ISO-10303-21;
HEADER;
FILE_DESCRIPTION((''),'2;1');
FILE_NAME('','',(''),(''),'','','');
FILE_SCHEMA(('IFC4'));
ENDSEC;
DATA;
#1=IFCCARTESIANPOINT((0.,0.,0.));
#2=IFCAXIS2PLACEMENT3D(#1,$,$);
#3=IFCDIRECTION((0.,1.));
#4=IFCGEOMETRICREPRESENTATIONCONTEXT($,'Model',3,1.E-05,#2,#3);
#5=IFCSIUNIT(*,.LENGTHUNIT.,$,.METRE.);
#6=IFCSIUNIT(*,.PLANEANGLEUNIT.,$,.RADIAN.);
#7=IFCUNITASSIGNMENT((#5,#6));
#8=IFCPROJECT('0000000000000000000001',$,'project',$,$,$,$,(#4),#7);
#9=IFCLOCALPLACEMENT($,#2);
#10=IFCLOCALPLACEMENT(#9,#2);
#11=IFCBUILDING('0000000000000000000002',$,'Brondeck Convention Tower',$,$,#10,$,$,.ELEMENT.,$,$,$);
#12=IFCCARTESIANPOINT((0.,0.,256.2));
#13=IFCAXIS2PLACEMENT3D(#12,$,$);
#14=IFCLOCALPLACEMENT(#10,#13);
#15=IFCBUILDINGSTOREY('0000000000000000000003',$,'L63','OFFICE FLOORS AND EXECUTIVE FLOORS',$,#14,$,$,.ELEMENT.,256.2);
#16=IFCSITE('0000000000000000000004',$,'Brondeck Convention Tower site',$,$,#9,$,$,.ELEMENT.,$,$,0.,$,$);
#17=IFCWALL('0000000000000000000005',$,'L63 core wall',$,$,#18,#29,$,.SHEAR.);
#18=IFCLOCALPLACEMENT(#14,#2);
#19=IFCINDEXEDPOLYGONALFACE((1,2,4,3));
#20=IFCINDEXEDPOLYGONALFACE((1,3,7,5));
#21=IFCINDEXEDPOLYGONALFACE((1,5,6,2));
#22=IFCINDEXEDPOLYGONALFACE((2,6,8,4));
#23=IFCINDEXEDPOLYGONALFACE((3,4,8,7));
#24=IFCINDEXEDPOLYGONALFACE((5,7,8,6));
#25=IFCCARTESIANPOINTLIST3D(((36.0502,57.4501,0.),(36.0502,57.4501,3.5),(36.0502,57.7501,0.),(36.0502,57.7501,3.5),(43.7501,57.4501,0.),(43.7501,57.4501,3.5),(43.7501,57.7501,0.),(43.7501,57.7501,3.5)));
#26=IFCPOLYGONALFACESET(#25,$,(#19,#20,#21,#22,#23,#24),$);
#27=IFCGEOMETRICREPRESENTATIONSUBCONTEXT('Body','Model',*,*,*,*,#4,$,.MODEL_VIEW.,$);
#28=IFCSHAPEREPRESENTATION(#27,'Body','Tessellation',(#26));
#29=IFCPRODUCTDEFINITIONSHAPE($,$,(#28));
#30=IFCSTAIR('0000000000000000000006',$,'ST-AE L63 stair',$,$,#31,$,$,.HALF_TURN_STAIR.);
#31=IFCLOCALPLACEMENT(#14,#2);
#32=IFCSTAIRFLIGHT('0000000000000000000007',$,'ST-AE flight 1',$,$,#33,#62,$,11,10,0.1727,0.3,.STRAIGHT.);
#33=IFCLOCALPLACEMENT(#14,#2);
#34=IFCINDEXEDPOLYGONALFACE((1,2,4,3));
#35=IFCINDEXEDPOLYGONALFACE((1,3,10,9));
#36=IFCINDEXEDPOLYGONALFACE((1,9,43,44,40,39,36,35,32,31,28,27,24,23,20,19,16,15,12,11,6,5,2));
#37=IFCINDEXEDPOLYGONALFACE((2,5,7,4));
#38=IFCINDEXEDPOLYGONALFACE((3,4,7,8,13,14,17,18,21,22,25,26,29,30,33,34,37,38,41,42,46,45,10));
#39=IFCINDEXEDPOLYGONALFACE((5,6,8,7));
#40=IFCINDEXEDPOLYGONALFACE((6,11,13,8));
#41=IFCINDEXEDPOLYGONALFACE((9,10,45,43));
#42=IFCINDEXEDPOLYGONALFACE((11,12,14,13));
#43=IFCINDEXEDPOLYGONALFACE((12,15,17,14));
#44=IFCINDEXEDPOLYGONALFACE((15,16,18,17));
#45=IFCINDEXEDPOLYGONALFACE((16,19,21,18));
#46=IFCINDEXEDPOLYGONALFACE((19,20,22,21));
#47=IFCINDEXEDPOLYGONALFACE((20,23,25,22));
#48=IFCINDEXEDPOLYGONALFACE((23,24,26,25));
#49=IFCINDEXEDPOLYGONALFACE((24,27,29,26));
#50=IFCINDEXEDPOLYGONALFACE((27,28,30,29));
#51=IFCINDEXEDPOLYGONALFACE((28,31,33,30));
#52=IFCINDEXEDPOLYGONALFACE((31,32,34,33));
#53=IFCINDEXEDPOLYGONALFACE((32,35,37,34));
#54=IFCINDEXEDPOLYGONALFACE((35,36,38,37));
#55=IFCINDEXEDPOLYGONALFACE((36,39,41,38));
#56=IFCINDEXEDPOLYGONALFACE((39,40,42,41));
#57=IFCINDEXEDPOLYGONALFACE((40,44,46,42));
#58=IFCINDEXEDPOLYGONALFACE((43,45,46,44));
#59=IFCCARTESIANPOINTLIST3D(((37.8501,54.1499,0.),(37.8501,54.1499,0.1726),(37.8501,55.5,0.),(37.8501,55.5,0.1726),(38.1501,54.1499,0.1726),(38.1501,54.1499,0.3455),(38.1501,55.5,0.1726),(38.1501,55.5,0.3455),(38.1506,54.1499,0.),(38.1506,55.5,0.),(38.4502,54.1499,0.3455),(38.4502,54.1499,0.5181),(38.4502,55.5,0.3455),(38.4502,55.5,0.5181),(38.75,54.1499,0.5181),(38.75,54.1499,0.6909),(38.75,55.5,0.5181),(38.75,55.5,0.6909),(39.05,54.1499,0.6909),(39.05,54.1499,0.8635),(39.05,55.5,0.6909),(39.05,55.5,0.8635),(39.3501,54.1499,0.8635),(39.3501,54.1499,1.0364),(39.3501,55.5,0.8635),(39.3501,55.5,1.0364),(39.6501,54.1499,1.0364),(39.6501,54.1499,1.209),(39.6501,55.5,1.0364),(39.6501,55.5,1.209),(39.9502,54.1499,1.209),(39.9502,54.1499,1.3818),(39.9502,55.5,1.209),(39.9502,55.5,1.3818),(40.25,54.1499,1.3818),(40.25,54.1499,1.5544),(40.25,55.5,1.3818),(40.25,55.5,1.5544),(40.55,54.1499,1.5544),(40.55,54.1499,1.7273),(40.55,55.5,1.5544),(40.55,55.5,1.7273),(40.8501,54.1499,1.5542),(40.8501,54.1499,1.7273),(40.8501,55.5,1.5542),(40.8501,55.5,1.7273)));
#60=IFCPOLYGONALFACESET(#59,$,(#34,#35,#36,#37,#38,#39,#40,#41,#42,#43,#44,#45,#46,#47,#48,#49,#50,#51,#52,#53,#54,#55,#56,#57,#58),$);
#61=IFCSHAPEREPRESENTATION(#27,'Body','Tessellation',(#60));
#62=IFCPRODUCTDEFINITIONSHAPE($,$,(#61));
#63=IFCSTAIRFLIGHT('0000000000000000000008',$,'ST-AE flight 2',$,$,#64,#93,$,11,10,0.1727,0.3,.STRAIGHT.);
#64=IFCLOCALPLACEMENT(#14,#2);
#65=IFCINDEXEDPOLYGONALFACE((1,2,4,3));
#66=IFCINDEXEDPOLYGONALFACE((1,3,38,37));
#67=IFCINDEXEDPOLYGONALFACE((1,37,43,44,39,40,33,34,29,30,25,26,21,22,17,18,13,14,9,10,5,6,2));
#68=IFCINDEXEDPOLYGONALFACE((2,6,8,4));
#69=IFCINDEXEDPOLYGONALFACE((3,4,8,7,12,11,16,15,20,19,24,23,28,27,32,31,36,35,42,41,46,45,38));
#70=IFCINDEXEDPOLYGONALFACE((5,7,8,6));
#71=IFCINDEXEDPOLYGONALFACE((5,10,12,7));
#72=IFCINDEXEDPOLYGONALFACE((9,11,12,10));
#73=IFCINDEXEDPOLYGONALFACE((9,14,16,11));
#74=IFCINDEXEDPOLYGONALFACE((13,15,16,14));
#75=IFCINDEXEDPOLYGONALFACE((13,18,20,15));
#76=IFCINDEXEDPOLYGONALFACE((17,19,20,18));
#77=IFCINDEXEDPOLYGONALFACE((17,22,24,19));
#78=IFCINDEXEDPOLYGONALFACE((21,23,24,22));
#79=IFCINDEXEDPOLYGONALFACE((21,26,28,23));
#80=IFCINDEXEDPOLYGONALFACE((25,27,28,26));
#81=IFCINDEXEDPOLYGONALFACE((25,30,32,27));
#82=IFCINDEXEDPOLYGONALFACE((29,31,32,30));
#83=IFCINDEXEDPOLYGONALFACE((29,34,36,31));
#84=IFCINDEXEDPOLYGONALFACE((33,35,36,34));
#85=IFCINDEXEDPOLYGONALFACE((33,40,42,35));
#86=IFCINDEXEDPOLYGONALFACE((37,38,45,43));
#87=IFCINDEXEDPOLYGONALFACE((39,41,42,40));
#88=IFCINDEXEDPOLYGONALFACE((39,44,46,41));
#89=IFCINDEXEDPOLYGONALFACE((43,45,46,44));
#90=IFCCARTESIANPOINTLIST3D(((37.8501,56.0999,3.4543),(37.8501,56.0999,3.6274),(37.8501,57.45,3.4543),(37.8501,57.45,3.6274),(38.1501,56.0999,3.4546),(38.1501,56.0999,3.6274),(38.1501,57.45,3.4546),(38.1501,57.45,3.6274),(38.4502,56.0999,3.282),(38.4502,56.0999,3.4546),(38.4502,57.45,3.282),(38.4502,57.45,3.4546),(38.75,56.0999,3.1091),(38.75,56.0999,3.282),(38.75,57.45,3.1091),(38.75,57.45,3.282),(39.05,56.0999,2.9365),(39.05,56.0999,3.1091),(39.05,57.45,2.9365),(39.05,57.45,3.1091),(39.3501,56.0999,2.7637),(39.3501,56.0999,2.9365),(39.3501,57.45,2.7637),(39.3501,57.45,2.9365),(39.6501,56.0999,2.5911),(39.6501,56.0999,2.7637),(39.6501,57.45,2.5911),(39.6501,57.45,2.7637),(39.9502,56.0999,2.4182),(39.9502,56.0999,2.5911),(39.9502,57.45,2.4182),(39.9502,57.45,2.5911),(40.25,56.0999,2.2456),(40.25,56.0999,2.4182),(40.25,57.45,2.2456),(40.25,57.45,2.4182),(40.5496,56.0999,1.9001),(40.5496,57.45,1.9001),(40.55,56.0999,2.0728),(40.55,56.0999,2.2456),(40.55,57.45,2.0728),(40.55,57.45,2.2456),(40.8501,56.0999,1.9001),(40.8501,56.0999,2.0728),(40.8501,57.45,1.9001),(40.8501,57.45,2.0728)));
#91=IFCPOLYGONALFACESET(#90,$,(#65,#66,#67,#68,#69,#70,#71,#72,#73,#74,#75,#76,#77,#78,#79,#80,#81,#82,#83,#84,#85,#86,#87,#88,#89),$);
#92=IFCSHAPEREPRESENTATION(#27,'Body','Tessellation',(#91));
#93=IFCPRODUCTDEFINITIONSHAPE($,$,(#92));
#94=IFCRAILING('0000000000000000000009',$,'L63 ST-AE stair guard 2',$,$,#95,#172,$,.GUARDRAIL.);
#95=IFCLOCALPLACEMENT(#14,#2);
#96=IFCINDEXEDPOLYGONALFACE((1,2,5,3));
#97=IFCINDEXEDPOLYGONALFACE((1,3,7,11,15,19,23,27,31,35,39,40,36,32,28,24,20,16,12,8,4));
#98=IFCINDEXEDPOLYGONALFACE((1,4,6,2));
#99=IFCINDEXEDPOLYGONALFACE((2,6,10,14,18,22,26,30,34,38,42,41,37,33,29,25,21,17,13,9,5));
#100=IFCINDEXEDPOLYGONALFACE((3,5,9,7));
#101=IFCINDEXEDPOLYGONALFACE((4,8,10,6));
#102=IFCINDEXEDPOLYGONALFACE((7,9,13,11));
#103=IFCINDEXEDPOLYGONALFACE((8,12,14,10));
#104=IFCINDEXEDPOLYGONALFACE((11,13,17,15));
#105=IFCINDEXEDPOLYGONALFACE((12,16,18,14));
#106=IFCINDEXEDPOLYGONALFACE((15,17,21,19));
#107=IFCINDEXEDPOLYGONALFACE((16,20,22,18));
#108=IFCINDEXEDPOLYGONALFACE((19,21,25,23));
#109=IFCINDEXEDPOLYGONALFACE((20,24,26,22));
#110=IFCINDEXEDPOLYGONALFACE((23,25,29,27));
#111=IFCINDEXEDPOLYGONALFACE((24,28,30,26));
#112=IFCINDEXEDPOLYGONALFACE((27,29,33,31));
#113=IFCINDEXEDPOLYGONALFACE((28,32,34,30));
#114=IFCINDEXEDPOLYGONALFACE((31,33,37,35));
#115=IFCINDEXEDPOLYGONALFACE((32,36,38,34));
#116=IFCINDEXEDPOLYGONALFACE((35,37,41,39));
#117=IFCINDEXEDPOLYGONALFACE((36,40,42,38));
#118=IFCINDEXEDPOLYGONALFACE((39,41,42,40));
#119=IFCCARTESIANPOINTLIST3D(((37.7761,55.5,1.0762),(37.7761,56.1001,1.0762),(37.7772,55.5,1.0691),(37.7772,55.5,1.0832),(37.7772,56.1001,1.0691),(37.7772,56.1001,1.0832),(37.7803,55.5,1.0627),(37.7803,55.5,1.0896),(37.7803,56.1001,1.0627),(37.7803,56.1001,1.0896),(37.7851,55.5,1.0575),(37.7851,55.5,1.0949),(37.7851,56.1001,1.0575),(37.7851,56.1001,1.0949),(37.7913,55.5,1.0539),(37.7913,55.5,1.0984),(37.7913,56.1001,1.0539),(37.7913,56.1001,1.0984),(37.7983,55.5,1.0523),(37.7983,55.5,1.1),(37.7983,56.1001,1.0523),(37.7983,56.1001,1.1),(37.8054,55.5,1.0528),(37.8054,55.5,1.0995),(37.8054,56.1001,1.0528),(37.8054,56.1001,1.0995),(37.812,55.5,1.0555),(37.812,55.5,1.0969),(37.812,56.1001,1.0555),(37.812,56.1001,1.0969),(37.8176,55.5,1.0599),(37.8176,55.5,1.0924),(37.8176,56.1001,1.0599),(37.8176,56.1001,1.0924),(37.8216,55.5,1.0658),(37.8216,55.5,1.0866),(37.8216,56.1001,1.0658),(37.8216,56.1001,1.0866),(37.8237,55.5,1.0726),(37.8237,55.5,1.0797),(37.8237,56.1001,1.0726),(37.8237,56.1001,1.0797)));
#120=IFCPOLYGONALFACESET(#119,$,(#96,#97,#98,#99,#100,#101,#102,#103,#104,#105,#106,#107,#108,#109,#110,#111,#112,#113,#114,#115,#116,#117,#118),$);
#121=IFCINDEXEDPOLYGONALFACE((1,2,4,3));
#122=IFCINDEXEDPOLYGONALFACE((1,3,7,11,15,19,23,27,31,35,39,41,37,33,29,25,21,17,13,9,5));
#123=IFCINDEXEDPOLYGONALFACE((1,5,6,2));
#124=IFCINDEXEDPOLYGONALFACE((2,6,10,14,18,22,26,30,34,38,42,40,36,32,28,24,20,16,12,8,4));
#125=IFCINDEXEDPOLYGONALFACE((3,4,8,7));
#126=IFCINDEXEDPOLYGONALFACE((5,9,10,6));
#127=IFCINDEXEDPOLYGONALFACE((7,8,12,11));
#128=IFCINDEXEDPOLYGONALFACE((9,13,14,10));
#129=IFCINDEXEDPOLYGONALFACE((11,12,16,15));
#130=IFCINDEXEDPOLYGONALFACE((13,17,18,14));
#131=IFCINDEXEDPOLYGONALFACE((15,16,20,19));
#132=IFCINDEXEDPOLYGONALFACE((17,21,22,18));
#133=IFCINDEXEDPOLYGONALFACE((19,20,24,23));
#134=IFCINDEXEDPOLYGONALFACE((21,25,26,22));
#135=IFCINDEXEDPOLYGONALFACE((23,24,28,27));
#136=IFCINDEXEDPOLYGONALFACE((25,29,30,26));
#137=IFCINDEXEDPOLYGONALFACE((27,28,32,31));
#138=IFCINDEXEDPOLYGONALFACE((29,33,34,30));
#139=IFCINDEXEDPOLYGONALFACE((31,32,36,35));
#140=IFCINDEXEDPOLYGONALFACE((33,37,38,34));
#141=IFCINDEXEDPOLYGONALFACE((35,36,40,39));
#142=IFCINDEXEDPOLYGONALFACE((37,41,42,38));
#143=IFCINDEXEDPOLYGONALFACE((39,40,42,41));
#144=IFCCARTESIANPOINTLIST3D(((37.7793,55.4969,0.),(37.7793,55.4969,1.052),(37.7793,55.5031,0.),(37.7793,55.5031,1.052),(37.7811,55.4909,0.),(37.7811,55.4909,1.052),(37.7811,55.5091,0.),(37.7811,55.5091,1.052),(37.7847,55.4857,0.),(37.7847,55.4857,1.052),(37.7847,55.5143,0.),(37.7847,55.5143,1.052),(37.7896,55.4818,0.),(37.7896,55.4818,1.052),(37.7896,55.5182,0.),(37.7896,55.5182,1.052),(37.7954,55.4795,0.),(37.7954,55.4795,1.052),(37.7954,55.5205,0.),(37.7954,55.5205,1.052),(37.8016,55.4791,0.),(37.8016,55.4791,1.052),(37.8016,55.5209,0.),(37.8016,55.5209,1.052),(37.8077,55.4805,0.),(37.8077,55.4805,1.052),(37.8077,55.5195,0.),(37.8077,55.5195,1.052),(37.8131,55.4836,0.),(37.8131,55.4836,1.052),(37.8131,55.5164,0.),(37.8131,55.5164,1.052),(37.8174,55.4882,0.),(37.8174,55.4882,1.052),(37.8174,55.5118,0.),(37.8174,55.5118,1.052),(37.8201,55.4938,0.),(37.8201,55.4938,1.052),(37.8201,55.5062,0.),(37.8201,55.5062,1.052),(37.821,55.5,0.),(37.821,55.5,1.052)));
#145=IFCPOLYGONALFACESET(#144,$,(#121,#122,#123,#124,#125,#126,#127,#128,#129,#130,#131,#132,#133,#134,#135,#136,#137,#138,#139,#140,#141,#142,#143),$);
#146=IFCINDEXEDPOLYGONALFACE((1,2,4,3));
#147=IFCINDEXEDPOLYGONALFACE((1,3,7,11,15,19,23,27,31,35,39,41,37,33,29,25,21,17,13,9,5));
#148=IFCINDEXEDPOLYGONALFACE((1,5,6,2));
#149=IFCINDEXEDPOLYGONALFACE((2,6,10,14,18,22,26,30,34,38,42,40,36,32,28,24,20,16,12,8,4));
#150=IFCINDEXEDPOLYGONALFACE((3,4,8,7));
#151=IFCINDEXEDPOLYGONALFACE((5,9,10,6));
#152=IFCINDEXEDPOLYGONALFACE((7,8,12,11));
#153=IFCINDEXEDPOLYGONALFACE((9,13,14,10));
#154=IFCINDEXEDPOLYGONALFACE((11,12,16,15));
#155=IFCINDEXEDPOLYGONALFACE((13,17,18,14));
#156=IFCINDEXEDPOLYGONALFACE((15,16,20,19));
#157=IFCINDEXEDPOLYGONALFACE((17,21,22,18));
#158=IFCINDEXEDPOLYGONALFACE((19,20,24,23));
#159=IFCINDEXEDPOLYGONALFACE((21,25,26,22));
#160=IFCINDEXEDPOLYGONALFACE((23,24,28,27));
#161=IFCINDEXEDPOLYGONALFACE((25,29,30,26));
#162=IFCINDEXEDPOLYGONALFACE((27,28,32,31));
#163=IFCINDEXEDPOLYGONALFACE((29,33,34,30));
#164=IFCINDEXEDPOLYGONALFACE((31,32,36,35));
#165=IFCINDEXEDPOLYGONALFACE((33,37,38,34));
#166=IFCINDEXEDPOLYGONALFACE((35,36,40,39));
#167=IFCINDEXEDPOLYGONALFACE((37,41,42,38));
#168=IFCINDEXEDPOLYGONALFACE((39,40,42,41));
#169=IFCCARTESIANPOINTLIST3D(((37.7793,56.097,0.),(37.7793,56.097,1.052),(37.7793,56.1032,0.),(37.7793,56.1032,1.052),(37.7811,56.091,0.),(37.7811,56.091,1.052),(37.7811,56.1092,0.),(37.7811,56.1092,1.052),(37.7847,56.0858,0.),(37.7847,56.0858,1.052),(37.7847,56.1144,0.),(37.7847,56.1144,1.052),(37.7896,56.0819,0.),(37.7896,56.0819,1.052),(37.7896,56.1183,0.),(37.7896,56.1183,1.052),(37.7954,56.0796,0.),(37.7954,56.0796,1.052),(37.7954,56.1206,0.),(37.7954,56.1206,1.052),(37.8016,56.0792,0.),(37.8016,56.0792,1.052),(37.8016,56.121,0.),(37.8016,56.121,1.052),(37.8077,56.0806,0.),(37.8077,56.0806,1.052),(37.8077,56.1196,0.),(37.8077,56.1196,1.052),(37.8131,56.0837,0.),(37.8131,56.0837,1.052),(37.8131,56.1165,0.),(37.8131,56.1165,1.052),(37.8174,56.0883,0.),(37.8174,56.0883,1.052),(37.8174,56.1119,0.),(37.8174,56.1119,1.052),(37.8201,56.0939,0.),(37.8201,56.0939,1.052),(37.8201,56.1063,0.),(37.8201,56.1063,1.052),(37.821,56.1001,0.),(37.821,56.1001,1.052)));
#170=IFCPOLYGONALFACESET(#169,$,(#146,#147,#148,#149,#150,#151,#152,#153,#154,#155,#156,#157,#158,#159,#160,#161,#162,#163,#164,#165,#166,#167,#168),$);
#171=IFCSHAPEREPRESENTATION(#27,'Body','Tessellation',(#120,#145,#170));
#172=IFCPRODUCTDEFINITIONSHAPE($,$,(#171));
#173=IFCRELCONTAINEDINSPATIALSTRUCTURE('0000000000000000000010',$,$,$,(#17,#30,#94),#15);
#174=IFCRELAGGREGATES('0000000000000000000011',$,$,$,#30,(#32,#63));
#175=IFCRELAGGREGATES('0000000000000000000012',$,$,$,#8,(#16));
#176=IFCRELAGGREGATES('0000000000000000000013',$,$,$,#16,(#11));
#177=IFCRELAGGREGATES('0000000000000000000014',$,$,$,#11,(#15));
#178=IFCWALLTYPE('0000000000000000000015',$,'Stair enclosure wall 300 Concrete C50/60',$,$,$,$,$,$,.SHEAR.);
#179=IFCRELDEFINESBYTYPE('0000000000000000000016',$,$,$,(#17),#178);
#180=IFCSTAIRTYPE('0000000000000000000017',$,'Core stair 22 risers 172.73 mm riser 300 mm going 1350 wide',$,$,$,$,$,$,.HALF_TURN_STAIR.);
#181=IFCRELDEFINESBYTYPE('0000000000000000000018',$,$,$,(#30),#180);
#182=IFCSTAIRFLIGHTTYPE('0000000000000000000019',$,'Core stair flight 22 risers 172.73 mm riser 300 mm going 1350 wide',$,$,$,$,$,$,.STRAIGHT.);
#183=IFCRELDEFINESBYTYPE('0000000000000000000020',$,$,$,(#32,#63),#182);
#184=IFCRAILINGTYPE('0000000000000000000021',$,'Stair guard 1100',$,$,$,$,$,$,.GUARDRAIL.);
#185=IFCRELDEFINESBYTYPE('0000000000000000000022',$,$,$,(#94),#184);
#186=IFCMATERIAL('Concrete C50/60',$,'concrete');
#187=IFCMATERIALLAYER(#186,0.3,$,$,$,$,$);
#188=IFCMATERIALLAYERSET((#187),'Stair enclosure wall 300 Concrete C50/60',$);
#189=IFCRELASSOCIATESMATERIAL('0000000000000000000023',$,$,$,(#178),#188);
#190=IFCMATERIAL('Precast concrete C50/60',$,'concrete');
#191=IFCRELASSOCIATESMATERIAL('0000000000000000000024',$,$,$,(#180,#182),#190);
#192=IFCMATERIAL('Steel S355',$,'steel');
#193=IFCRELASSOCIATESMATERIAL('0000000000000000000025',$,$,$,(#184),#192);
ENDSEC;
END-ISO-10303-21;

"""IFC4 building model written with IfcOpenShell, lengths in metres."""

from ifc_helpers import new_model, si_unit, direction, frame, frame_2d, origin, origin_2d, place, context, subcontext, project, spatial, polyline, rectangle, circle, outline, extrude, material, layer, layer_set, type_object, element, aggregate, save


model = new_model("IFC4")

# Units and contexts
model_context = context("Model", 3, precision=1e-05, world=origin(), true_north=direction((0.0, 1.0)))
body_context = subcontext(model_context, "Body", "Model", "MODEL_VIEW")
ifc_project = project(units=[si_unit("LENGTHUNIT", "METRE"), si_unit("PLANEANGLEUNIT", "RADIAN")], contexts=[model_context])

# Site, building, storey
site_placement = place(None, origin())
site = spatial("IfcSite", under=ifc_project, at=site_placement, Name="Brondeck Convention Tower site", CompositionType="ELEMENT", RefElevation=0.0)
building_placement = place(site_placement, origin())
building = spatial("IfcBuilding", under=site, at=building_placement, Name="Brondeck Convention Tower", CompositionType="ELEMENT")
storey_placement = place(building_placement, frame((0.0, 0.0, 256.2)))
storey = spatial("IfcBuildingStorey", under=building, at=storey_placement, Name="L63", Description="OFFICE FLOORS AND EXECUTIVE FLOORS", CompositionType="ELEMENT", Elevation=256.2)

# Shared definitions
ifc_material_1 = material(Name="Concrete C50/60", Category="concrete")

# Shared definitions
ifc_material_2 = material(Name="Steel S355", Category="steel")

# Wall
ifc_layer_1 = layer(ifc_material_1, 0.3)
ifc_layer_set_1 = layer_set([ifc_layer_1], Name="Stair enclosure wall 300 Concrete C50/60")
wall_type_1 = type_object("IfcWallType", Name="Stair enclosure wall 300 Concrete C50/60", PredefinedType="SHEAR", material=ifc_layer_set_1)
wall_1_placement = place(storey_placement, frame((36.05, 57.6001, 0.0), z_axis=(0.0, 0.0, 1.0), x_axis=(1.0, 0.0, 0.0)))
element("IfcWall", 1, at=wall_1_placement, inside=storey, type_object=wall_type_1, Name="L63 core wall", PredefinedType="SHEAR", context=body_context, shape_type="SweptSolid", body=[
    extrude(rectangle(XDim=7.7, YDim=0.3, at=frame_2d((3.8501, 0.0))), origin(), (0.0, 0.0, 1.0), 3.5),
])

# Stair, stair flights
ifc_material_3 = material(Name="Precast concrete C50/60", Category="concrete")
stair_type = type_object("IfcStairType", Name="Core stair 22 risers 172.73 mm riser 300 mm going 1350 wide", PredefinedType="HALF_TURN_STAIR", material=ifc_material_3)
stair_placement = place(storey_placement, origin())
stair = element("IfcStair", 2, at=stair_placement, inside=storey, type_object=stair_type, Name="ST-AE L63 stair", PredefinedType="HALF_TURN_STAIR")
stair_flight_type = type_object("IfcStairFlightType", Name="Core stair flight 22 risers 172.73 mm riser 300 mm going 1350 wide", PredefinedType="STRAIGHT", material=ifc_material_3)
stair_flight_1_placement = place(storey_placement, frame((37.8501, 54.825, 0.0), z_axis=(0.0, 0.0, 1.0), x_axis=(1.0, 0.0, 0.0)))
stair_flight_1 = element("IfcStairFlight", 3, at=stair_flight_1_placement, type_object=stair_flight_type, Name="ST-AE flight 1", NumberOfRisers=11, NumberOfTreads=10, PredefinedType="STRAIGHT", RiserHeight=0.1727, TreadLength=0.3, context=body_context, shape_type="SweptSolid", body=[
    extrude(outline(polyline([(0.0, 0.0), (0.0, 0.1726), (0.3, 0.1726), (0.3, 0.3455), (0.6001, 0.3455), (0.6001, 0.5181), (0.8999, 0.5181), (0.8999, 0.6909), (1.2, 0.6909), (1.2, 0.8635), (1.5, 0.8635), (1.5, 1.0364), (1.8, 1.0364), (1.8, 1.209), (2.1001, 1.209), (2.1001, 1.3818), (2.3999, 1.3818), (2.3999, 1.5544), (2.7, 1.5544), (2.7, 1.7273), (3.0, 1.7273), (3.0, 1.8999), (3.0, 1.5542), (0.3005, 0.0), (0.0, 0.0)])), frame((0.0, 0.675, 0.0), z_axis=(0.0, -1.0, 0.0), x_axis=(1.0, 0.0, 0.0)), (0.0, 0.0, 1.0), 1.3501),
])
stair_flight_2_placement = place(storey_placement, frame((40.8501, 56.7749, 1.9001), z_axis=(0.0, 0.0, 1.0), x_axis=(-1.0, 0.0, 0.0)))
stair_flight_2 = element("IfcStairFlight", 4, at=stair_flight_2_placement, type_object=stair_flight_type, Name="ST-AE flight 2", NumberOfRisers=11, NumberOfTreads=10, PredefinedType="STRAIGHT", RiserHeight=0.1727, TreadLength=0.3, context=body_context, shape_type="SweptSolid", body=[
    extrude(outline(polyline([(0.0, 0.0), (0.0, 0.1726), (0.3, 0.1726), (0.3, 0.3455), (0.6001, 0.3455), (0.6001, 0.5181), (0.8999, 0.5181), (0.8999, 0.6909), (1.2, 0.6909), (1.2, 0.8635), (1.5, 0.8635), (1.5, 1.0364), (1.8, 1.0364), (1.8, 1.209), (2.1001, 1.209), (2.1001, 1.3818), (2.3999, 1.3818), (2.3999, 1.5544), (2.7, 1.5544), (2.7, 1.7273), (3.0, 1.7273), (3.0, 1.8999), (3.0, 1.5542), (0.3005, 0.0), (0.0, 0.0)])), frame((0.0, 0.675, 0.0), z_axis=(0.0, -1.0, 0.0), x_axis=(1.0, 0.0, 0.0)), (0.0, 0.0, 1.0), 1.3501),
])
aggregate(stair, [stair_flight_1, stair_flight_2])

# Railing
railing_type_1 = type_object("IfcRailingType", Name="Stair guard 1100", PredefinedType="GUARDRAIL", material=ifc_material_2)
railing_1_placement = place(storey_placement, frame((37.8, 55.5, 0.0)))
element("IfcRailing", 5, at=railing_1_placement, inside=storey, type_object=railing_type_1, Name="L63 ST-AE stair guard 2", PredefinedType="GUARDRAIL", context=body_context, shape_type="SweptSolid", body=[
    extrude(circle(Radius=0.0239, at=origin_2d()), frame((0.0, 0.0, 1.0762), z_axis=(0.0, 1.0, 0.0), x_axis=(-1.0, 0.0, 0.0)), (0.0, 0.0, 1.0), 0.6001),
    extrude(circle(Radius=0.021, at=origin_2d()), origin(), (0.0, 0.0, 1.0), 1.052),
    extrude(circle(Radius=0.021, at=origin_2d()), frame((0.0, 0.6001, 0.0)), (0.0, 0.0, 1.0), 1.052),
])

save(model, "model.ifc")
